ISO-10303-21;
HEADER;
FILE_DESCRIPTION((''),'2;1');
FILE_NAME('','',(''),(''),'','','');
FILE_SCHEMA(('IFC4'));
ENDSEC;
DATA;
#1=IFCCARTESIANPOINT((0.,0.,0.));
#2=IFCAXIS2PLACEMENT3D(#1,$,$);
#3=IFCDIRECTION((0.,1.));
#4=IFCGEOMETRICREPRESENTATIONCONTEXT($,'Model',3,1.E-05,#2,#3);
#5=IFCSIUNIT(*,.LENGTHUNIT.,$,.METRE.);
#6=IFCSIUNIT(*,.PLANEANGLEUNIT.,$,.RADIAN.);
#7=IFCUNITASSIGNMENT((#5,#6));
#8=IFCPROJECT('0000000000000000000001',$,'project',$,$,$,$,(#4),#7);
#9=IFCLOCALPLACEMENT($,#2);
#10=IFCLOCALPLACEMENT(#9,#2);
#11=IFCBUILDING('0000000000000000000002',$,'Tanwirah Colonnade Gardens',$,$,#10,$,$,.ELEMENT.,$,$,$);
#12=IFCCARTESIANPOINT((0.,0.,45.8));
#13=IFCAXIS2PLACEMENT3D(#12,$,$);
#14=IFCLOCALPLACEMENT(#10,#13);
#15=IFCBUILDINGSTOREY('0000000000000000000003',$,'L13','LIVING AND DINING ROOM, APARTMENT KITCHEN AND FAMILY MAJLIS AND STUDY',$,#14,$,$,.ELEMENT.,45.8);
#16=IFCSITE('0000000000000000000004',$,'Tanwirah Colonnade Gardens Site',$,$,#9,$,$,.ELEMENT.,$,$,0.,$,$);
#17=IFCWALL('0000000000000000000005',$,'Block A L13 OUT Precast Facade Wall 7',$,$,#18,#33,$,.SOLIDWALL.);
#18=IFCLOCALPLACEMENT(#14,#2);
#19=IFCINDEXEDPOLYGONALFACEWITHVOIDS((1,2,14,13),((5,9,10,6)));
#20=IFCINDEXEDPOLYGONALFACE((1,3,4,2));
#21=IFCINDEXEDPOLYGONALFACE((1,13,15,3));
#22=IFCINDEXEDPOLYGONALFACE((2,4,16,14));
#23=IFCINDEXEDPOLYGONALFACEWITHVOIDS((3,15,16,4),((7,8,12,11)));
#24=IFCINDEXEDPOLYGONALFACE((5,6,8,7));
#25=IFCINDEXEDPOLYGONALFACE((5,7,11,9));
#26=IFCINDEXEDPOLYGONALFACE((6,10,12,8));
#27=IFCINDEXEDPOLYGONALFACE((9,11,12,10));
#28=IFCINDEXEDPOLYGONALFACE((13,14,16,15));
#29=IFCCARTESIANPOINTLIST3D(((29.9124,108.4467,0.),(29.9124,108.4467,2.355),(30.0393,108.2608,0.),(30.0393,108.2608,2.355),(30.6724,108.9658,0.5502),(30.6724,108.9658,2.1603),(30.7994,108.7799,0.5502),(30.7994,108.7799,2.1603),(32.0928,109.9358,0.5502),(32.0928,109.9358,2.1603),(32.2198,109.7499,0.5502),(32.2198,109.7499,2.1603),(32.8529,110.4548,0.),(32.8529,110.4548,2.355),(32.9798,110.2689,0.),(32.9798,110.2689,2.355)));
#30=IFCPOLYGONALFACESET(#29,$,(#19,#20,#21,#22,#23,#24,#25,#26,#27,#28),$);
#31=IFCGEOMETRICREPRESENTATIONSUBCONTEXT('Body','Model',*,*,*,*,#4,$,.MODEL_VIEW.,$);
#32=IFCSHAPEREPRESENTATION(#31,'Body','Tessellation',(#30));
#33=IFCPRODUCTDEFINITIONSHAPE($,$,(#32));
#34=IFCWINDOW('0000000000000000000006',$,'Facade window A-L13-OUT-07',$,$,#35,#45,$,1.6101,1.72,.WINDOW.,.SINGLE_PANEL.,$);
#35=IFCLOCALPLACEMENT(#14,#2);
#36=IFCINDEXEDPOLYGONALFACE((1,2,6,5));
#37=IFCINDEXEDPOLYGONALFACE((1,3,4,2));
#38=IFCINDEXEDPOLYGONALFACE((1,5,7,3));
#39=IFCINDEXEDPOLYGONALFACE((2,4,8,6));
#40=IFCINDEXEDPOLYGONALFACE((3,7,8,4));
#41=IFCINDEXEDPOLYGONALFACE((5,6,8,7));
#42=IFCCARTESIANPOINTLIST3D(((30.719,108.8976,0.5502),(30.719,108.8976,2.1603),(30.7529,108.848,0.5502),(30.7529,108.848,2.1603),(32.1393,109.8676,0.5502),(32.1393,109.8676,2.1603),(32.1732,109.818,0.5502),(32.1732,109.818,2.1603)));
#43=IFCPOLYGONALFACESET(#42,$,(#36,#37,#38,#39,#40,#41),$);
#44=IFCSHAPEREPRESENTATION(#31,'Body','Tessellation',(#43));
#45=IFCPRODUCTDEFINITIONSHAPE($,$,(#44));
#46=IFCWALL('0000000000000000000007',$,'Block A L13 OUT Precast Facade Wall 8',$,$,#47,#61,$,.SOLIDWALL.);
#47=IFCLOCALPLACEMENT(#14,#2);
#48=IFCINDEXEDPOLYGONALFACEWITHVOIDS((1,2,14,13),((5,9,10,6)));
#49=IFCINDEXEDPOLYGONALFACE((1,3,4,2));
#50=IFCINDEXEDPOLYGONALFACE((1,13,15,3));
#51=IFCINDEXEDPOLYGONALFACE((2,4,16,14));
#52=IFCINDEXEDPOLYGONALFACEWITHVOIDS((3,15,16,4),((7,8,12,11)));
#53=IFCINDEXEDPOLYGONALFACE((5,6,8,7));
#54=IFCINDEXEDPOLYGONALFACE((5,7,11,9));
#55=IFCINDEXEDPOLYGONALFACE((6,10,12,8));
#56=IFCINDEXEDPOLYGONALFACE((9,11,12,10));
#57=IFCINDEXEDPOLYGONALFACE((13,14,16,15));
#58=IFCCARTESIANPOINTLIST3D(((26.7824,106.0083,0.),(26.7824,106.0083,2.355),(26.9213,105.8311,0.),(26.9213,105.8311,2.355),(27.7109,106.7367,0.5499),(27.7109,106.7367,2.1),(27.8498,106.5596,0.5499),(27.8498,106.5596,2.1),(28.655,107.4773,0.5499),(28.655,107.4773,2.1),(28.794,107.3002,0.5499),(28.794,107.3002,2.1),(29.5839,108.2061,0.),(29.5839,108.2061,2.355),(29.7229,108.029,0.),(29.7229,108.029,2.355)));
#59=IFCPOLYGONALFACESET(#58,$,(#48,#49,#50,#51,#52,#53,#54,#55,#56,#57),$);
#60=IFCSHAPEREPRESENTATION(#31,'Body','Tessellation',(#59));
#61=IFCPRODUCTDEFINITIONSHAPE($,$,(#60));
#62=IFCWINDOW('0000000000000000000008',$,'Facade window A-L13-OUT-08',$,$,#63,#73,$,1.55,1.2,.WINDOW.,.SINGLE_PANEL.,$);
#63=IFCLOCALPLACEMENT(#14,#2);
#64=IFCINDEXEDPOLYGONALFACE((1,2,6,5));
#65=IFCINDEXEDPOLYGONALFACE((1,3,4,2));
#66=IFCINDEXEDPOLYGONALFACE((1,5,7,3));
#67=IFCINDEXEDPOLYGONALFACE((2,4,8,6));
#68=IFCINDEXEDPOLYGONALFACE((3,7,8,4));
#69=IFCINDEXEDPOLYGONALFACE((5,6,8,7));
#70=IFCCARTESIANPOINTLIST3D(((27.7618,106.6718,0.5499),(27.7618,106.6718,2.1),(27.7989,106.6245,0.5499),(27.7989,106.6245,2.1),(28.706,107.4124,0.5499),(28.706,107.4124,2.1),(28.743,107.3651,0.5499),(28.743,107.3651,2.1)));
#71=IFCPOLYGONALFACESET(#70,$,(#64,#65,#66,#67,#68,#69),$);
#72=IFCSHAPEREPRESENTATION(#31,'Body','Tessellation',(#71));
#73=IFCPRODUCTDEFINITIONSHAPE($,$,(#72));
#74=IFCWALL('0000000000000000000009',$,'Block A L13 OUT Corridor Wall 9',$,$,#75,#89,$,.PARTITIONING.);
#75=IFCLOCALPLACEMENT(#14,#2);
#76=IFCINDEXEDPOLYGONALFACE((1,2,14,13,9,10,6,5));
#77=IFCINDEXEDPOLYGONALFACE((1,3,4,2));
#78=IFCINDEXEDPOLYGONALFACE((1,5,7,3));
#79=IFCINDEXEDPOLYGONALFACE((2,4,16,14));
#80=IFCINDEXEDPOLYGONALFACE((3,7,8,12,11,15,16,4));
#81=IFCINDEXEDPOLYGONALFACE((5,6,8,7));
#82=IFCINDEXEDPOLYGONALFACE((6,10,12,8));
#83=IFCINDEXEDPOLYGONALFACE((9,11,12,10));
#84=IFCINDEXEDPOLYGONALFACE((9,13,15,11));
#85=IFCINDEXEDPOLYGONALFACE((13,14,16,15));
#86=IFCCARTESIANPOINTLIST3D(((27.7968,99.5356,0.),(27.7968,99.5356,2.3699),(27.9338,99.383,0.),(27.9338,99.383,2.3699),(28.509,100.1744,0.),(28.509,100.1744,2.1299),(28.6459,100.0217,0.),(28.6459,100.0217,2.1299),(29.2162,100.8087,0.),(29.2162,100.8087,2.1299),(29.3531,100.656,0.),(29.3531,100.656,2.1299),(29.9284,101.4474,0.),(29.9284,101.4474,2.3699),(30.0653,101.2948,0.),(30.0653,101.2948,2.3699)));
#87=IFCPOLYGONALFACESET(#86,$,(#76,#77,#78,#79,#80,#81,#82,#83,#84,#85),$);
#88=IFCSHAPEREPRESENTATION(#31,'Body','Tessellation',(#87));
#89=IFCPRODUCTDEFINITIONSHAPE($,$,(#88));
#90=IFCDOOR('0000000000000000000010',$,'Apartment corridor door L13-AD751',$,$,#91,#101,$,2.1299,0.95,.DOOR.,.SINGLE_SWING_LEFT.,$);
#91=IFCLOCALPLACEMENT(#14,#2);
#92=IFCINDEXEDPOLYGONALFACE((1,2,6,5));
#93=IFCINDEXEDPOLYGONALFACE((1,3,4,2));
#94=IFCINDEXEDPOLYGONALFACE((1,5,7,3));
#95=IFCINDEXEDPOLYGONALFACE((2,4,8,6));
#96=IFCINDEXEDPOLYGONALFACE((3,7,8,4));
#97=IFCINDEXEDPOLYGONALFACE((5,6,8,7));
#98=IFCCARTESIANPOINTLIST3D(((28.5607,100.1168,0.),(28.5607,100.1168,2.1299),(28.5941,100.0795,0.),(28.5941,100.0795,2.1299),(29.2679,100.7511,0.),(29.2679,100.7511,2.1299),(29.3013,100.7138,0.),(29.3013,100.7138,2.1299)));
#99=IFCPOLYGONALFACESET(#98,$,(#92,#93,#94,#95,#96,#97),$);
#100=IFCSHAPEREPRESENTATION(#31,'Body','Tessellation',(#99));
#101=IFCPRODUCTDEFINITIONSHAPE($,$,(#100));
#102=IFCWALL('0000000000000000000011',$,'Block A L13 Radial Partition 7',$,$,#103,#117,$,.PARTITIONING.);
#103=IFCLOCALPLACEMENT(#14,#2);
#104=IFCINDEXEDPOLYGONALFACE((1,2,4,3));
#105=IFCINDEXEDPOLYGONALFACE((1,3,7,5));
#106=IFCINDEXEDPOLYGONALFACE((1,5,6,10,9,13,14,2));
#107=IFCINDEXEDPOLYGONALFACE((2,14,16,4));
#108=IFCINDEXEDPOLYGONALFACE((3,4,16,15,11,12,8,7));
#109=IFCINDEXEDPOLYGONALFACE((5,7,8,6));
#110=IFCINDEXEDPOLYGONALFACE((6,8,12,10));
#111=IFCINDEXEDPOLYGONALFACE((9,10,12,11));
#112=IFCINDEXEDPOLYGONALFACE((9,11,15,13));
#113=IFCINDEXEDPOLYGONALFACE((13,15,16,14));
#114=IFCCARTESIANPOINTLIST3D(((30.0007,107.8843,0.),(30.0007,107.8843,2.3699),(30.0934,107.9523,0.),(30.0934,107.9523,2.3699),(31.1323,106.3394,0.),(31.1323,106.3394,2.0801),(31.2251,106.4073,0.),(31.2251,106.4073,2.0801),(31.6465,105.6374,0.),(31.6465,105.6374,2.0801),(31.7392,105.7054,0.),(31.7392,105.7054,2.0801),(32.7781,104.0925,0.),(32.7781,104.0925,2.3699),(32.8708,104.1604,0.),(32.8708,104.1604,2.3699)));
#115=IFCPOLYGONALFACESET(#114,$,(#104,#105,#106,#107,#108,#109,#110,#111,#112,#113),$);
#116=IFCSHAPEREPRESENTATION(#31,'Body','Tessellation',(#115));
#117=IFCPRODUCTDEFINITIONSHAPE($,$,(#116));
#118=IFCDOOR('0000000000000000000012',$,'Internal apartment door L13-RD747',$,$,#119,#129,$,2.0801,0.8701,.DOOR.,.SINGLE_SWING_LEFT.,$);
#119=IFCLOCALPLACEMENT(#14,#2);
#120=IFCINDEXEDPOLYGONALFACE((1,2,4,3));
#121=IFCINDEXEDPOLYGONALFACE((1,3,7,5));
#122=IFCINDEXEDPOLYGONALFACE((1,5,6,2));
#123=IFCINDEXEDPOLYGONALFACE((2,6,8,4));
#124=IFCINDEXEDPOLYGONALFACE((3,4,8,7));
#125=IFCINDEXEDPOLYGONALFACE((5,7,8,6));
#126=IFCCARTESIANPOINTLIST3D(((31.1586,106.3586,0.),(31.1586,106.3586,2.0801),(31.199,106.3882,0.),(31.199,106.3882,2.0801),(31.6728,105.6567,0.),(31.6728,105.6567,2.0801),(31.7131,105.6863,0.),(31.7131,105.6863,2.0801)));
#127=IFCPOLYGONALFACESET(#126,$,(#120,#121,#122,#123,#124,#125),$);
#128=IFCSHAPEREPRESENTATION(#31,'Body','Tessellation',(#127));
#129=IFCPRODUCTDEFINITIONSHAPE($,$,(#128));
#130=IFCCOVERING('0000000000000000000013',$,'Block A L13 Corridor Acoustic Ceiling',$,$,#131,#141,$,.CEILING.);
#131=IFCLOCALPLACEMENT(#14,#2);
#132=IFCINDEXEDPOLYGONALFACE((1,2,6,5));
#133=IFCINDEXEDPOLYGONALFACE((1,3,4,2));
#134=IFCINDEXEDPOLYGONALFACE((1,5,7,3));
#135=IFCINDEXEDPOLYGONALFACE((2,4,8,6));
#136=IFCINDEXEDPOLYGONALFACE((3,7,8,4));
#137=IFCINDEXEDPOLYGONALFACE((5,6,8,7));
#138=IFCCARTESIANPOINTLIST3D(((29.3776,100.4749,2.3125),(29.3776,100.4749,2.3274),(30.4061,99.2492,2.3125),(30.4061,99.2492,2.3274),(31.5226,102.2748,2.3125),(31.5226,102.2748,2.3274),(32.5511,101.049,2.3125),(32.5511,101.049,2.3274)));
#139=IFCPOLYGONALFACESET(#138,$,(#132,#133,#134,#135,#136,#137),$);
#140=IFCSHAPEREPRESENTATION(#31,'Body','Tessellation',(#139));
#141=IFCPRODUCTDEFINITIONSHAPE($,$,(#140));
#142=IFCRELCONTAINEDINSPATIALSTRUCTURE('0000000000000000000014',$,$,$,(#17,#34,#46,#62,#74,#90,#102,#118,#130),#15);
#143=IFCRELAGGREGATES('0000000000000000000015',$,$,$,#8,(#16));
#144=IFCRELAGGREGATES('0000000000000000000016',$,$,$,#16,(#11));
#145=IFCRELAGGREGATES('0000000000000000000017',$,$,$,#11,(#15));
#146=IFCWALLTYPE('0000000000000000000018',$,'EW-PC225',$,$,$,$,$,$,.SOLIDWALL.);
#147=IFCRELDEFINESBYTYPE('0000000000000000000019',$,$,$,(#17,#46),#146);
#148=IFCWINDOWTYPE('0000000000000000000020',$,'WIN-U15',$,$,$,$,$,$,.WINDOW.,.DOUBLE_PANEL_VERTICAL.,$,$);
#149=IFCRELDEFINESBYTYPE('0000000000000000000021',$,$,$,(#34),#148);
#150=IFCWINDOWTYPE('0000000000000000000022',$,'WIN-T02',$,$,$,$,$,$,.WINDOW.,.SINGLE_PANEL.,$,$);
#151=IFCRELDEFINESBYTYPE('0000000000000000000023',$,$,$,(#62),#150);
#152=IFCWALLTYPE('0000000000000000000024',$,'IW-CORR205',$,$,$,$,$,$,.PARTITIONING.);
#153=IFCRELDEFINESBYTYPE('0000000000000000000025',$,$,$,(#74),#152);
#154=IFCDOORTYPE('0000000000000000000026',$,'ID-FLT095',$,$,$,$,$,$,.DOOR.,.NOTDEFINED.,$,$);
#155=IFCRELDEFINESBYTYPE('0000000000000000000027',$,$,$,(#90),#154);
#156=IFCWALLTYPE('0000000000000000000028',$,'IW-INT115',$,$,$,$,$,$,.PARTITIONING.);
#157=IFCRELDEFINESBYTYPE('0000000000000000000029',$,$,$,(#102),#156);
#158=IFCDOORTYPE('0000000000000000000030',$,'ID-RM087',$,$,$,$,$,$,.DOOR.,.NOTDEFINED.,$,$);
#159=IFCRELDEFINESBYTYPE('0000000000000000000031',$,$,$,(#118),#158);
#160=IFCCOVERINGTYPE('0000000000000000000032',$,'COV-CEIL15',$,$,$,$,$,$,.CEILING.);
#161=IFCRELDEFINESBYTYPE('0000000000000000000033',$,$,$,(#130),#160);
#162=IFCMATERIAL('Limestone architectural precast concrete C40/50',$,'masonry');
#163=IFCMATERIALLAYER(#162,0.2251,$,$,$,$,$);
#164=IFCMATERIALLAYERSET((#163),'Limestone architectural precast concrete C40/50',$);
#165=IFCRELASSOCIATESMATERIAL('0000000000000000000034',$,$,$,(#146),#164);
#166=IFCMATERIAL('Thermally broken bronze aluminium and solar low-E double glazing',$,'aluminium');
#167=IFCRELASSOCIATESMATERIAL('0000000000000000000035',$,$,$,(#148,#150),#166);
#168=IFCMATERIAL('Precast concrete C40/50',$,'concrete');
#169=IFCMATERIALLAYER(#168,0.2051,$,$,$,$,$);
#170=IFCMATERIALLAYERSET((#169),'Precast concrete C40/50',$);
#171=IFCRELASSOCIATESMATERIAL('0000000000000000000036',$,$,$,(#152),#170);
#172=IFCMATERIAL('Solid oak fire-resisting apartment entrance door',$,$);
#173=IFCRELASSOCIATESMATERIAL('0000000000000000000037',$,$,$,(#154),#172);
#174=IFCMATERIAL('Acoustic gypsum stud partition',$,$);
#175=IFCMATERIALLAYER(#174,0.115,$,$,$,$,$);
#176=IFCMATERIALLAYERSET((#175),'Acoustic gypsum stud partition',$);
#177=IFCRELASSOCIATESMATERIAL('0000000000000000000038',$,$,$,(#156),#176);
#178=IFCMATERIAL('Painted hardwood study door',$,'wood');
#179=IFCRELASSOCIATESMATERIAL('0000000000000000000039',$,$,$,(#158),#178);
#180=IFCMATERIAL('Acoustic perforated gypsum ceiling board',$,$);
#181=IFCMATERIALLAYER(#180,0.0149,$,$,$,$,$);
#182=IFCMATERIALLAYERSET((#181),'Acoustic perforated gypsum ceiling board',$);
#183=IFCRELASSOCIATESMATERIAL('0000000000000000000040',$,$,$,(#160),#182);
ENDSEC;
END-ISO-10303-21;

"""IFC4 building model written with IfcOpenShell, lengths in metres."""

from ifc_helpers import new_model, si_unit, direction, frame, frame_2d, origin, origin_2d, place, context, subcontext, project, spatial, rectangle, extrude, material, layer, layer_set, type_object, element, fill, save


model = new_model("IFC4")

# Units and contexts
model_context = context("Model", 3, precision=1e-05, world=origin(), true_north=direction((0.0, 1.0)))
body_context = subcontext(model_context, "Body", "Model", "MODEL_VIEW")
ifc_project = project(units=[si_unit("LENGTHUNIT", "METRE"), si_unit("PLANEANGLEUNIT", "RADIAN")], contexts=[model_context])

# Site, building, storey
site_placement = place(None, origin())
site = spatial("IfcSite", under=ifc_project, at=site_placement, Name="Tanwirah Colonnade Gardens Site", CompositionType="ELEMENT", RefElevation=0.0)
building_placement = place(site_placement, origin())
building = spatial("IfcBuilding", under=site, at=building_placement, Name="Tanwirah Colonnade Gardens", CompositionType="ELEMENT")
storey_placement = place(building_placement, frame((0.0, 0.0, 45.8)))
storey = spatial("IfcBuildingStorey", under=building, at=storey_placement, Name="L13", Description="LIVING AND DINING ROOM, APARTMENT KITCHEN AND FAMILY MAJLIS AND STUDY", CompositionType="ELEMENT", Elevation=45.8)

# Shared definitions
ifc_material_1 = material(Name="Precast concrete C40/50", Category="concrete")

# Walls, openings, windows
ifc_material_2 = material(Name="Limestone architectural precast concrete C40/50", Category="masonry")
ifc_layer_1 = layer(ifc_material_2, 0.2251)
ifc_layer_set_1 = layer_set([ifc_layer_1], Name="Limestone architectural precast concrete C40/50")
wall_type_1 = type_object("IfcWallType", Name="EW-PC225", PredefinedType="SOLIDWALL", material=ifc_layer_set_1)
wall_1_placement = place(storey_placement, frame((32.9163, 110.3618, 0.0), z_axis=(0.0, 0.0, 1.0), x_axis=(-0.825806, -0.563954, 0.0)))
wall_1 = element("IfcWall", 1, at=wall_1_placement, inside=storey, type_object=wall_type_1, Name="Block A L13 OUT Precast Facade Wall 7", PredefinedType="SOLIDWALL", context=body_context, shape_type="SweptSolid", body=[
    extrude(rectangle(XDim=3.5608, YDim=0.2251, at=frame_2d((1.7803, 0.0))), origin(), (0.0, 0.0, 1.0), 2.355),
])
opening_1_placement = place(wall_1_placement, frame((0.9204, 0.0, 0.55)))
opening_1 = element("IfcOpeningElement", 2, at=opening_1_placement, cuts=wall_1, PredefinedType="OPENING", context=body_context, shape_type="SweptSolid", body=[
    extrude(rectangle(XDim=1.72, YDim=1.6101, at=frame_2d((0.8599, 0.8052))), frame((0.0, 0.1226, 0.0), z_axis=(0.0, -1.0, 0.0), x_axis=(1.0, 0.0, 0.0)), (0.0, 0.0, 1.0), 0.2451),
])
ifc_material_3 = material(Name="Thermally broken bronze aluminium and solar low-E double glazing", Category="aluminium")
window_type_1 = type_object("IfcWindowType", Name="WIN-U15", PartitioningType="DOUBLE_PANEL_VERTICAL", PredefinedType="WINDOW", material=ifc_material_3)
window_1_placement = place(opening_1_placement, origin())
window_1 = element("IfcWindow", 3, at=window_1_placement, inside=storey, type_object=window_type_1, Name="Facade window A-L13-OUT-07", OverallHeight=1.6101, OverallWidth=1.72, PartitioningType="SINGLE_PANEL", PredefinedType="WINDOW", context=body_context, shape_type="SweptSolid", body=[
    extrude(rectangle(XDim=1.72, YDim=1.6101, at=frame_2d((0.8599, 0.8052))), frame((0.0, 0.03, 0.0), z_axis=(0.0, -1.0, 0.0), x_axis=(1.0, 0.0, 0.0)), (0.0, 0.0, 1.0), 0.0601),
])
fill(opening_1, window_1)
wall_2_placement = place(storey_placement, frame((29.6533, 108.1174, 0.0), z_axis=(0.0, 0.0, 1.0), x_axis=(-0.786787, -0.617225, 0.0)))
wall_2 = element("IfcWall", 4, at=wall_2_placement, inside=storey, type_object=wall_type_1, Name="Block A L13 OUT Precast Facade Wall 8", PredefinedType="SOLIDWALL", context=body_context, shape_type="SweptSolid", body=[
    extrude(rectangle(XDim=3.5608, YDim=0.2251, at=frame_2d((1.7803, 0.0))), origin(), (0.0, 0.0, 1.0), 2.355),
])
opening_2_placement = place(wall_2_placement, frame((1.1804, 0.0, 0.55)))
opening_2 = element("IfcOpeningElement", 5, at=opening_2_placement, cuts=wall_2, PredefinedType="OPENING", context=body_context, shape_type="SweptSolid", body=[
    extrude(rectangle(XDim=1.2, YDim=1.55, at=frame_2d((0.6001, 0.7749))), frame((0.0, 0.1226, 0.0), z_axis=(0.0, -1.0, 0.0), x_axis=(1.0, 0.0, 0.0)), (0.0, 0.0, 1.0), 0.2451),
])
window_type_2 = type_object("IfcWindowType", Name="WIN-T02", PartitioningType="SINGLE_PANEL", PredefinedType="WINDOW", material=ifc_material_3)
window_2_placement = place(opening_2_placement, origin())
window_2 = element("IfcWindow", 6, at=window_2_placement, inside=storey, type_object=window_type_2, Name="Facade window A-L13-OUT-08", OverallHeight=1.55, OverallWidth=1.2, PartitioningType="SINGLE_PANEL", PredefinedType="WINDOW", context=body_context, shape_type="SweptSolid", body=[
    extrude(rectangle(XDim=1.2, YDim=1.55, at=frame_2d((0.6001, 0.7749))), frame((0.0, 0.03, 0.0), z_axis=(0.0, -1.0, 0.0), x_axis=(1.0, 0.0, 0.0)), (0.0, 0.0, 1.0), 0.0601),
])
fill(opening_2, window_2)

# Walls, openings, doors
ifc_layer_2 = layer(ifc_material_1, 0.2051)
ifc_layer_set_2 = layer_set([ifc_layer_2], Name="Precast concrete C40/50")
wall_type_2 = type_object("IfcWallType", Name="IW-CORR205", PredefinedType="PARTITIONING", material=ifc_layer_set_2)
ifc_material_4 = material(Name="Solid oak fire-resisting apartment entrance door")
wall_3_placement = place(storey_placement, frame((29.9968, 101.3711, 0.0), z_axis=(0.0, 0.0, 1.0), x_axis=(-0.744434, -0.667697, 0.0)))
wall_3 = element("IfcWall", 7, at=wall_3_placement, inside=storey, type_object=wall_type_2, Name="Block A L13 OUT Corridor Wall 9", PredefinedType="PARTITIONING", context=body_context, shape_type="SweptSolid", body=[
    extrude(rectangle(XDim=2.8633, YDim=0.2051, at=frame_2d((1.4316, 0.0))), origin(), (0.0, 0.0, 1.0), 2.3699),
])
opening_3_placement = place(wall_3_placement, frame((0.9565, 0.0, 0.0)))
opening_3 = element("IfcOpeningElement", 8, at=opening_3_placement, cuts=wall_3, PredefinedType="OPENING", context=body_context, shape_type="SweptSolid", body=[
    extrude(rectangle(XDim=0.95, YDim=2.1299, at=frame_2d((0.4751, 1.0649))), frame((0.0, 0.1125, 0.0), z_axis=(0.0, -1.0, 0.0), x_axis=(1.0, 0.0, 0.0)), (0.0, 0.0, 1.0), 0.2251),
])
door_type_1 = type_object("IfcDoorType", Name="ID-FLT095", OperationType="NOTDEFINED", PredefinedType="DOOR", material=ifc_material_4)
door_1_placement = place(opening_3_placement, origin())
door_1 = element("IfcDoor", 9, at=door_1_placement, inside=storey, type_object=door_type_1, Name="Apartment corridor door L13-AD751", OperationType="SINGLE_SWING_LEFT", OverallHeight=2.1299, OverallWidth=0.95, PredefinedType="DOOR", context=body_context, shape_type="SweptSolid", body=[
    extrude(rectangle(XDim=0.95, YDim=2.1299, at=frame_2d((0.4751, 1.0649))), frame((0.0, 0.0249, 0.0), z_axis=(0.0, -1.0, 0.0), x_axis=(1.0, 0.0, 0.0)), (0.0, 0.0, 1.0), 0.05),
])
fill(opening_3, door_1)
ifc_material_5 = material(Name="Acoustic gypsum stud partition")
ifc_layer_3 = layer(ifc_material_5, 0.115)
ifc_layer_set_3 = layer_set([ifc_layer_3], Name="Acoustic gypsum stud partition")
wall_type_3 = type_object("IfcWallType", Name="IW-INT115", PredefinedType="PARTITIONING", material=ifc_layer_set_3)
wall_4_placement = place(storey_placement, frame((32.8245, 104.1265, 0.0), z_axis=(0.0, 0.0, 1.0), x_axis=(-0.590911, 0.806737, 0.0)))
wall_4 = element("IfcWall", 10, at=wall_4_placement, inside=storey, type_object=wall_type_3, Name="Block A L13 Radial Partition 7", PredefinedType="PARTITIONING", context=body_context, shape_type="SweptSolid", body=[
    extrude(rectangle(XDim=4.7002, YDim=0.115, at=frame_2d((2.3501, 0.0))), origin(), (0.0, 0.0, 1.0), 2.3699),
])
opening_4_placement = place(wall_4_placement, frame((1.915, 0.0, 0.0)))
opening_4 = element("IfcOpeningElement", 11, at=opening_4_placement, cuts=wall_4, PredefinedType="OPENING", context=body_context, shape_type="SweptSolid", body=[
    extrude(rectangle(XDim=0.8701, YDim=2.0801, at=frame_2d((0.4351, 1.04))), frame((0.0, 0.0674, 0.0), z_axis=(0.0, -1.0, 0.0), x_axis=(1.0, 0.0, 0.0)), (0.0, 0.0, 1.0), 0.135),
])
ifc_material_6 = material(Name="Painted hardwood study door", Category="wood")
door_type_2 = type_object("IfcDoorType", Name="ID-RM087", OperationType="NOTDEFINED", PredefinedType="DOOR", material=ifc_material_6)
door_2_placement = place(opening_4_placement, origin())
door_2 = element("IfcDoor", 12, at=door_2_placement, inside=storey, type_object=door_type_2, Name="Internal apartment door L13-RD747", OperationType="SINGLE_SWING_LEFT", OverallHeight=2.0801, OverallWidth=0.8701, PredefinedType="DOOR", context=body_context, shape_type="SweptSolid", body=[
    extrude(rectangle(XDim=0.8701, YDim=2.0801, at=frame_2d((0.4351, 1.04))), frame((0.0, 0.0249, 0.0), z_axis=(0.0, -1.0, 0.0), x_axis=(1.0, 0.0, 0.0)), (0.0, 0.0, 1.0), 0.05),
])
fill(opening_4, door_2)

# Covering
ifc_material_7 = material(Name="Acoustic perforated gypsum ceiling board")
ifc_layer_4 = layer(ifc_material_7, 0.0149)
ifc_layer_set_4 = layer_set([ifc_layer_4], Name="Acoustic perforated gypsum ceiling board")
covering_type = type_object("IfcCoveringType", Name="COV-CEIL15", PredefinedType="CEILING", material=ifc_layer_set_4)
covering_placement = place(storey_placement, frame((30.9644, 100.762, 2.3125), z_axis=(0.0, 0.0, 1.0), x_axis=(-0.766044, -0.642788, 0.0)))
element("IfcCovering", 13, at=covering_placement, inside=storey, type_object=covering_type, Name="Block A L13 Corridor Acoustic Ceiling", PredefinedType="CEILING", context=body_context, shape_type="SweptSolid", body=[
    extrude(rectangle(XDim=2.8, YDim=1.6001, at=origin_2d()), origin(), (0.0, 0.0, 1.0), 0.0149),
])

save(model, "model.ifc")
